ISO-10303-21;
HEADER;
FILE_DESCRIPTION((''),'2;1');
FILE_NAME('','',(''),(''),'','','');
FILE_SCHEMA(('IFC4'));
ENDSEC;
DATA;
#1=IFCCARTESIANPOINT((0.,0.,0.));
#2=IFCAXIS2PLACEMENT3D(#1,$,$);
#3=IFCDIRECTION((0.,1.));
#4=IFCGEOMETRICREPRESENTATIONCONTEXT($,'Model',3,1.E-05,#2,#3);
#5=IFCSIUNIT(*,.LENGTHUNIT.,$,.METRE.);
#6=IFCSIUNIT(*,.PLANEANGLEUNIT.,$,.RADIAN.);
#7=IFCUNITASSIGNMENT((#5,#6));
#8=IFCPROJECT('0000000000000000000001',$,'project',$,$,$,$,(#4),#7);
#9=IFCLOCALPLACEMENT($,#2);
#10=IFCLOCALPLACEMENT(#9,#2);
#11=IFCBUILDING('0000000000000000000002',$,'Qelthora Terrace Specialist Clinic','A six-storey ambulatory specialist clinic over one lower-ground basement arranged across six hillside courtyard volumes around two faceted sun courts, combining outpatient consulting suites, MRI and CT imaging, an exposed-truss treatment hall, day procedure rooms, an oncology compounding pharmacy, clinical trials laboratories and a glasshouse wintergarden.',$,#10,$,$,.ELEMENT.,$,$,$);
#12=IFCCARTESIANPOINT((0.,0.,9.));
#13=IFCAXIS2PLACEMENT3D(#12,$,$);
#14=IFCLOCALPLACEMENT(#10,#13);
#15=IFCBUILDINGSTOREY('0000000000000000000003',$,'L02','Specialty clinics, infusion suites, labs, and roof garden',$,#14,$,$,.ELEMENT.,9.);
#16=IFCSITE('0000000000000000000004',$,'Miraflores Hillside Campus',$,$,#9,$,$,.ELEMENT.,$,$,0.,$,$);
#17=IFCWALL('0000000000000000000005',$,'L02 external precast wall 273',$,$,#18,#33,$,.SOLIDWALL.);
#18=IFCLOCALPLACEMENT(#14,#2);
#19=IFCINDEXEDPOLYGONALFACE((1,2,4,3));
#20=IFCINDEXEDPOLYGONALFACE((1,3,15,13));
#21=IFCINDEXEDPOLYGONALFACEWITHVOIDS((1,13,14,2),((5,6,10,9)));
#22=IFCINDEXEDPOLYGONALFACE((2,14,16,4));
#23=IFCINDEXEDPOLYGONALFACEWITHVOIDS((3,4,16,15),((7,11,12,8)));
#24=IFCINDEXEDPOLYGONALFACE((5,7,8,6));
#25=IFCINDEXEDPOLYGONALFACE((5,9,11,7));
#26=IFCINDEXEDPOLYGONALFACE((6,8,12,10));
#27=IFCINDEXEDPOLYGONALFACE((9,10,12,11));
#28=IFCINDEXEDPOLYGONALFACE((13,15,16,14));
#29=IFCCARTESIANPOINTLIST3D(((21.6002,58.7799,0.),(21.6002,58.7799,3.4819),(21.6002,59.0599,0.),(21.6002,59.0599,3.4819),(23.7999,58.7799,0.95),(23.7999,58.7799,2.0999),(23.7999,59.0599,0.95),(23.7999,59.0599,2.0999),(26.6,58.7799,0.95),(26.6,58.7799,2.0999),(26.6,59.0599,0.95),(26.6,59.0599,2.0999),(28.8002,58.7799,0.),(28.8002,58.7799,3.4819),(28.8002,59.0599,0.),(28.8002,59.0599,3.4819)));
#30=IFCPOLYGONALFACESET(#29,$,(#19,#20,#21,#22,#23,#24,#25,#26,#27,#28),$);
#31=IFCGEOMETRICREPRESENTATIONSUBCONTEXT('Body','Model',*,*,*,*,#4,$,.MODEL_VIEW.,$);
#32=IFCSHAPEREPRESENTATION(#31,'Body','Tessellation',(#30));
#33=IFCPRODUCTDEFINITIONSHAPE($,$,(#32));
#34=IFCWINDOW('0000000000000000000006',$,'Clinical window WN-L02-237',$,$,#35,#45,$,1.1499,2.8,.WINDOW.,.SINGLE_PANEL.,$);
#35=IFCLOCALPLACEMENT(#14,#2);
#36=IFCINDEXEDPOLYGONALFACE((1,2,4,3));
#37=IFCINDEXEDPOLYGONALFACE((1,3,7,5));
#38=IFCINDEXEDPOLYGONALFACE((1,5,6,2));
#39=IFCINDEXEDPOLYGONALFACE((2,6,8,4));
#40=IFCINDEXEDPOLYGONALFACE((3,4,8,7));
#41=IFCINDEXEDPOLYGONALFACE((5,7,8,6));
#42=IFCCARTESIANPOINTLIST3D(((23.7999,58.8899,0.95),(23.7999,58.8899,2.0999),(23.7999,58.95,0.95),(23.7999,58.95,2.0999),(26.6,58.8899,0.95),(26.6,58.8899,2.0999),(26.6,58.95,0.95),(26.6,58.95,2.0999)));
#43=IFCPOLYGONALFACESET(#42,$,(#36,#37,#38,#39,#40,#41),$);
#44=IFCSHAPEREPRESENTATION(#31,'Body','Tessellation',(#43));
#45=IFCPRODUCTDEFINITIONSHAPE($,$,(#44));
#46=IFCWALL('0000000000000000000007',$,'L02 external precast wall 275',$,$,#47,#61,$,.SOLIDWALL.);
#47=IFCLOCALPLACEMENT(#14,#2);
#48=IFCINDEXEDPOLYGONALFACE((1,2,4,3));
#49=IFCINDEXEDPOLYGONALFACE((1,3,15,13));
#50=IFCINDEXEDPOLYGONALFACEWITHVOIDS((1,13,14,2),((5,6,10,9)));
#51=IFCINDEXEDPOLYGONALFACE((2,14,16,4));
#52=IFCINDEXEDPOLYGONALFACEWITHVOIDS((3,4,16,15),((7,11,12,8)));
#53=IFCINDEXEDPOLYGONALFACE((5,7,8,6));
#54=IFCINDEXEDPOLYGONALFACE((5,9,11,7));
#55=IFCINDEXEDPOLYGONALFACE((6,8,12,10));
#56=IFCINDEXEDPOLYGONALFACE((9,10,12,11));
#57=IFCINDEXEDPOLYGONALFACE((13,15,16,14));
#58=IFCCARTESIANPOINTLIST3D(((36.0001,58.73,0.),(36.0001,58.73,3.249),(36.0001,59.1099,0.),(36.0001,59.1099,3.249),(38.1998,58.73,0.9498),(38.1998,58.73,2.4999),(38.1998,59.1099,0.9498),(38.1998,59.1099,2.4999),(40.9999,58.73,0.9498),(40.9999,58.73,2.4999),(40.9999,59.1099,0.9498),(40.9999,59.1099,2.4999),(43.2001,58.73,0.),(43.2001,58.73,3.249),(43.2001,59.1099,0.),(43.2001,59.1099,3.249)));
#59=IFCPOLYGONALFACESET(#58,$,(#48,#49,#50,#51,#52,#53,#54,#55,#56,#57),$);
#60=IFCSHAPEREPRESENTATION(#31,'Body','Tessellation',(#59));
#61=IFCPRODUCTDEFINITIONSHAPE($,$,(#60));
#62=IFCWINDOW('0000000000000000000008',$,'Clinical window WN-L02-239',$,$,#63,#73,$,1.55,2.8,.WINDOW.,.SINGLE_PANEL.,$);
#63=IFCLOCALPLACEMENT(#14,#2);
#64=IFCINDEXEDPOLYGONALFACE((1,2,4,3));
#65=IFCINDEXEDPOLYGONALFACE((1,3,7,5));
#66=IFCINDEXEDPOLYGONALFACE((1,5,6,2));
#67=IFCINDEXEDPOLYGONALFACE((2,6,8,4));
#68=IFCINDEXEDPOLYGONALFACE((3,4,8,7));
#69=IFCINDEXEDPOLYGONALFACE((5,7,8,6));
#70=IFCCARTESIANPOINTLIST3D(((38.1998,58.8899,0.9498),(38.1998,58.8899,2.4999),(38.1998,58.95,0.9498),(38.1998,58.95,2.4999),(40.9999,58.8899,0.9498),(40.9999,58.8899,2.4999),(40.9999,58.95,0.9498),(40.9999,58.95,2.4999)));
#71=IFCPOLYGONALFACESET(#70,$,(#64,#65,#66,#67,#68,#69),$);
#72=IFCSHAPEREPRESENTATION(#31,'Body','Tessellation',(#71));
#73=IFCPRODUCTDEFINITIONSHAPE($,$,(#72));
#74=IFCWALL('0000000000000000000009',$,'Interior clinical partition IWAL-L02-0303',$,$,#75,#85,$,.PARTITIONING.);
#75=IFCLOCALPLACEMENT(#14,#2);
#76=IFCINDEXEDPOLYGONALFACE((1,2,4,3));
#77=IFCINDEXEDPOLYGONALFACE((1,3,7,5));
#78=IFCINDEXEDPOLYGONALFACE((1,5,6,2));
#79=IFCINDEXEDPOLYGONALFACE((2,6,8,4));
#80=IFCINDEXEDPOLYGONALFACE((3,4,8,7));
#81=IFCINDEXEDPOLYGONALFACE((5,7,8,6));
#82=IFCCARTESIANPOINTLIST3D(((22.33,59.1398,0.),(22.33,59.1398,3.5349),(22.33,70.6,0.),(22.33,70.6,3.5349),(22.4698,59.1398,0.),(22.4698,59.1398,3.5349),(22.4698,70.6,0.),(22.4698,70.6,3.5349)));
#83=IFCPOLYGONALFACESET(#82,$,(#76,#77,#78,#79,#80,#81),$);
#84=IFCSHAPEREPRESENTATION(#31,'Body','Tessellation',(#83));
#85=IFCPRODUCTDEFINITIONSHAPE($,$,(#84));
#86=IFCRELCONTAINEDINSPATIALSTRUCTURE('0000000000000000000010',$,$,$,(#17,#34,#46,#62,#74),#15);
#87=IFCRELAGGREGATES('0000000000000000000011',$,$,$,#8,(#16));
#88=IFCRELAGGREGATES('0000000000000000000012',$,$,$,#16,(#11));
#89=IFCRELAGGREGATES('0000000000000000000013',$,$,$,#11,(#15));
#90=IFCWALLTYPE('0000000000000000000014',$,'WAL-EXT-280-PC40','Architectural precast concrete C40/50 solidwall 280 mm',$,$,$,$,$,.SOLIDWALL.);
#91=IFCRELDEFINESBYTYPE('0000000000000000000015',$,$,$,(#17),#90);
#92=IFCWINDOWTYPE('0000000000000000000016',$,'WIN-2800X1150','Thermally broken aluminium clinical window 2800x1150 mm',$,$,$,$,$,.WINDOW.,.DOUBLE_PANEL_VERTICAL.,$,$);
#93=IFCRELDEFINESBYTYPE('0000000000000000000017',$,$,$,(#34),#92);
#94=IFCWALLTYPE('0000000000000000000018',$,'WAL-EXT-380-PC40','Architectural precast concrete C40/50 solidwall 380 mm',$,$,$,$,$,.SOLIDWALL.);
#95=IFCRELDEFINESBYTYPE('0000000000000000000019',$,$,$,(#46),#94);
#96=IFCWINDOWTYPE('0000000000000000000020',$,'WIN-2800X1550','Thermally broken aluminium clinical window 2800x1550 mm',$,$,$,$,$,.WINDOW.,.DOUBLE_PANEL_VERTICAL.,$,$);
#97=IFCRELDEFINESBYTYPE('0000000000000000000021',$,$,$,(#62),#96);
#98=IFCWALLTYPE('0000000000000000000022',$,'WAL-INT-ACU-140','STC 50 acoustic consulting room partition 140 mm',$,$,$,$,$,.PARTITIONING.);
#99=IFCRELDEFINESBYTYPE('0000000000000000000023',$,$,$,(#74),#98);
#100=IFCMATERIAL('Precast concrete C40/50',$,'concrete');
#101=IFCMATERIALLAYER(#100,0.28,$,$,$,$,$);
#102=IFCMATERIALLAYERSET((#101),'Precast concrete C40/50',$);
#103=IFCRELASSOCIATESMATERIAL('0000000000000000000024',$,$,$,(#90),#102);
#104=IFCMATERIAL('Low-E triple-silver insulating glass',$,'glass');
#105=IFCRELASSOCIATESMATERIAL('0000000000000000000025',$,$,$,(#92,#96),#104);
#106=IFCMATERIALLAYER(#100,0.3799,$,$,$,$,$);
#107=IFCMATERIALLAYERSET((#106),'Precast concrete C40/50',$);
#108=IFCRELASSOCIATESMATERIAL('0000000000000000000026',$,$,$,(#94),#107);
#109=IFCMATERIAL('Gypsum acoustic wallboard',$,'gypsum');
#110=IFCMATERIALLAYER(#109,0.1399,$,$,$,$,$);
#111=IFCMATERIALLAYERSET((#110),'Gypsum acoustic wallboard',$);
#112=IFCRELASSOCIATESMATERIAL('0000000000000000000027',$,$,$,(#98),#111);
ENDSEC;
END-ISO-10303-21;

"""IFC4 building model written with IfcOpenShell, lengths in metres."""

from ifc_helpers import new_model, si_unit, direction, frame, frame_2d, origin, place, context, subcontext, project, spatial, rectangle, extrude, material, layer, layer_set, type_object, element, fill, save


model = new_model("IFC4")

# Units and contexts
model_context = context("Model", 3, precision=1e-05, world=origin(), true_north=direction((0.0, 1.0)))
body_context = subcontext(model_context, "Body", "Model", "MODEL_VIEW")
ifc_project = project(units=[si_unit("LENGTHUNIT", "METRE"), si_unit("PLANEANGLEUNIT", "RADIAN")], contexts=[model_context])

# Site, building, storey
site_placement = place(None, origin())
site = spatial("IfcSite", under=ifc_project, at=site_placement, Name="Miraflores Hillside Campus", CompositionType="ELEMENT", RefElevation=0.0)
building_placement = place(site_placement, origin())
building = spatial("IfcBuilding", under=site, at=building_placement, Name="Qelthora Terrace Specialist Clinic", Description="A six-storey ambulatory specialist clinic over one lower-ground basement arranged across six hillside courtyard volumes around two faceted sun courts, combining outpatient consulting suites, MRI and CT imaging, an exposed-truss treatment hall, day procedure rooms, an oncology compounding pharmacy, clinical trials laboratories and a glasshouse wintergarden.", CompositionType="ELEMENT")
storey_placement = place(building_placement, frame((0.0, 0.0, 9.0)))
storey = spatial("IfcBuildingStorey", under=building, at=storey_placement, Name="L02", Description="Specialty clinics, infusion suites, labs, and roof garden", CompositionType="ELEMENT", Elevation=9.0)

# Walls, openings, windows
ifc_material_1 = material(Name="Precast concrete C40/50", Category="concrete")
ifc_material_2 = material(Name="Low-E triple-silver insulating glass", Category="glass")
ifc_layer_1 = layer(ifc_material_1, 0.28)
ifc_layer_set_1 = layer_set([ifc_layer_1], Name="Precast concrete C40/50")
wall_type_1 = type_object("IfcWallType", Name="WAL-EXT-280-PC40", Description="Architectural precast concrete C40/50 solidwall 280 mm", PredefinedType="SOLIDWALL", material=ifc_layer_set_1)
wall_1_placement = place(storey_placement, frame((21.6001, 58.9199, 0.0), z_axis=(0.0, 0.0, 1.0), x_axis=(1.0, 0.0, 0.0)))
wall_1 = element("IfcWall", 1, at=wall_1_placement, inside=storey, type_object=wall_type_1, Name="L02 external precast wall 273", PredefinedType="SOLIDWALL", context=body_context, shape_type="SweptSolid", body=[
    extrude(rectangle(XDim=7.2, YDim=0.28, at=frame_2d((3.6001, 0.0))), origin(), (0.0, 0.0, 1.0), 3.4819),
])
opening_1_placement = place(wall_1_placement, frame((2.2, 0.0, 0.95)))
opening_1 = element("IfcOpeningElement", 2, at=opening_1_placement, cuts=wall_1, PredefinedType="OPENING", context=body_context, shape_type="SweptSolid", body=[
    extrude(rectangle(XDim=2.8, YDim=1.1499, at=frame_2d((1.3999, 0.575))), frame((0.0, 0.1499, 0.0), z_axis=(0.0, -1.0, 0.0), x_axis=(1.0, 0.0, 0.0)), (0.0, 0.0, 1.0), 0.3),
])
window_type_1 = type_object("IfcWindowType", Name="WIN-2800X1150", Description="Thermally broken aluminium clinical window 2800x1150 mm", PartitioningType="DOUBLE_PANEL_VERTICAL", PredefinedType="WINDOW", material=ifc_material_2)
window_1_placement = place(opening_1_placement, origin())
window_1 = element("IfcWindow", 3, at=window_1_placement, inside=storey, type_object=window_type_1, Name="Clinical window WN-L02-237", OverallHeight=1.1499, OverallWidth=2.8, PartitioningType="SINGLE_PANEL", PredefinedType="WINDOW", context=body_context, shape_type="SweptSolid", body=[
    extrude(rectangle(XDim=2.8, YDim=1.1499, at=frame_2d((1.3999, 0.575))), frame((0.0, 0.03, 0.0), z_axis=(0.0, -1.0, 0.0), x_axis=(1.0, 0.0, 0.0)), (0.0, 0.0, 1.0), 0.0601),
])
fill(opening_1, window_1)
ifc_layer_2 = layer(ifc_material_1, 0.3799)
ifc_layer_set_2 = layer_set([ifc_layer_2], Name="Precast concrete C40/50")
wall_type_2 = type_object("IfcWallType", Name="WAL-EXT-380-PC40", Description="Architectural precast concrete C40/50 solidwall 380 mm", PredefinedType="SOLIDWALL", material=ifc_layer_set_2)
wall_2_placement = place(storey_placement, frame((36.0, 58.9199, 0.0), z_axis=(0.0, 0.0, 1.0), x_axis=(1.0, 0.0, 0.0)))
wall_2 = element("IfcWall", 4, at=wall_2_placement, inside=storey, type_object=wall_type_2, Name="L02 external precast wall 275", PredefinedType="SOLIDWALL", context=body_context, shape_type="SweptSolid", body=[
    extrude(rectangle(XDim=7.2, YDim=0.3799, at=frame_2d((3.6001, 0.0))), origin(), (0.0, 0.0, 1.0), 3.249),
])
opening_2_placement = place(wall_2_placement, frame((2.2, 0.0, 0.95)))
opening_2 = element("IfcOpeningElement", 5, at=opening_2_placement, cuts=wall_2, PredefinedType="OPENING", context=body_context, shape_type="SweptSolid", body=[
    extrude(rectangle(XDim=2.8, YDim=1.55, at=frame_2d((1.3999, 0.7749))), frame((0.0, 0.2, 0.0), z_axis=(0.0, -1.0, 0.0), x_axis=(1.0, 0.0, 0.0)), (0.0, 0.0, 1.0), 0.3999),
])
window_type_2 = type_object("IfcWindowType", Name="WIN-2800X1550", Description="Thermally broken aluminium clinical window 2800x1550 mm", PartitioningType="DOUBLE_PANEL_VERTICAL", PredefinedType="WINDOW", material=ifc_material_2)
window_2_placement = place(opening_2_placement, origin())
window_2 = element("IfcWindow", 6, at=window_2_placement, inside=storey, type_object=window_type_2, Name="Clinical window WN-L02-239", OverallHeight=1.55, OverallWidth=2.8, PartitioningType="SINGLE_PANEL", PredefinedType="WINDOW", context=body_context, shape_type="SweptSolid", body=[
    extrude(rectangle(XDim=2.8, YDim=1.55, at=frame_2d((1.3999, 0.7749))), frame((0.0, 0.03, 0.0), z_axis=(0.0, -1.0, 0.0), x_axis=(1.0, 0.0, 0.0)), (0.0, 0.0, 1.0), 0.0601),
])
fill(opening_2, window_2)

# Wall
ifc_material_3 = material(Name="Gypsum acoustic wallboard", Category="gypsum")
ifc_layer_3 = layer(ifc_material_3, 0.1399)
ifc_layer_set_3 = layer_set([ifc_layer_3], Name="Gypsum acoustic wallboard")
wall_type_3 = type_object("IfcWallType", Name="WAL-INT-ACU-140", Description="STC 50 acoustic consulting room partition 140 mm", PredefinedType="PARTITIONING", material=ifc_layer_set_3)
wall_3_placement = place(storey_placement, frame((22.3999, 59.1399, 0.0), z_axis=(0.0, 0.0, 1.0), x_axis=(0.0, 1.0, 0.0)))
element("IfcWall", 7, at=wall_3_placement, inside=storey, type_object=wall_type_3, Name="Interior clinical partition IWAL-L02-0303", PredefinedType="PARTITIONING", context=body_context, shape_type="SweptSolid", body=[
    extrude(rectangle(XDim=11.4602, YDim=0.1399, at=frame_2d((5.73, 0.0))), origin(), (0.0, 0.0, 1.0), 3.5349),
])

save(model, "model.ifc")
